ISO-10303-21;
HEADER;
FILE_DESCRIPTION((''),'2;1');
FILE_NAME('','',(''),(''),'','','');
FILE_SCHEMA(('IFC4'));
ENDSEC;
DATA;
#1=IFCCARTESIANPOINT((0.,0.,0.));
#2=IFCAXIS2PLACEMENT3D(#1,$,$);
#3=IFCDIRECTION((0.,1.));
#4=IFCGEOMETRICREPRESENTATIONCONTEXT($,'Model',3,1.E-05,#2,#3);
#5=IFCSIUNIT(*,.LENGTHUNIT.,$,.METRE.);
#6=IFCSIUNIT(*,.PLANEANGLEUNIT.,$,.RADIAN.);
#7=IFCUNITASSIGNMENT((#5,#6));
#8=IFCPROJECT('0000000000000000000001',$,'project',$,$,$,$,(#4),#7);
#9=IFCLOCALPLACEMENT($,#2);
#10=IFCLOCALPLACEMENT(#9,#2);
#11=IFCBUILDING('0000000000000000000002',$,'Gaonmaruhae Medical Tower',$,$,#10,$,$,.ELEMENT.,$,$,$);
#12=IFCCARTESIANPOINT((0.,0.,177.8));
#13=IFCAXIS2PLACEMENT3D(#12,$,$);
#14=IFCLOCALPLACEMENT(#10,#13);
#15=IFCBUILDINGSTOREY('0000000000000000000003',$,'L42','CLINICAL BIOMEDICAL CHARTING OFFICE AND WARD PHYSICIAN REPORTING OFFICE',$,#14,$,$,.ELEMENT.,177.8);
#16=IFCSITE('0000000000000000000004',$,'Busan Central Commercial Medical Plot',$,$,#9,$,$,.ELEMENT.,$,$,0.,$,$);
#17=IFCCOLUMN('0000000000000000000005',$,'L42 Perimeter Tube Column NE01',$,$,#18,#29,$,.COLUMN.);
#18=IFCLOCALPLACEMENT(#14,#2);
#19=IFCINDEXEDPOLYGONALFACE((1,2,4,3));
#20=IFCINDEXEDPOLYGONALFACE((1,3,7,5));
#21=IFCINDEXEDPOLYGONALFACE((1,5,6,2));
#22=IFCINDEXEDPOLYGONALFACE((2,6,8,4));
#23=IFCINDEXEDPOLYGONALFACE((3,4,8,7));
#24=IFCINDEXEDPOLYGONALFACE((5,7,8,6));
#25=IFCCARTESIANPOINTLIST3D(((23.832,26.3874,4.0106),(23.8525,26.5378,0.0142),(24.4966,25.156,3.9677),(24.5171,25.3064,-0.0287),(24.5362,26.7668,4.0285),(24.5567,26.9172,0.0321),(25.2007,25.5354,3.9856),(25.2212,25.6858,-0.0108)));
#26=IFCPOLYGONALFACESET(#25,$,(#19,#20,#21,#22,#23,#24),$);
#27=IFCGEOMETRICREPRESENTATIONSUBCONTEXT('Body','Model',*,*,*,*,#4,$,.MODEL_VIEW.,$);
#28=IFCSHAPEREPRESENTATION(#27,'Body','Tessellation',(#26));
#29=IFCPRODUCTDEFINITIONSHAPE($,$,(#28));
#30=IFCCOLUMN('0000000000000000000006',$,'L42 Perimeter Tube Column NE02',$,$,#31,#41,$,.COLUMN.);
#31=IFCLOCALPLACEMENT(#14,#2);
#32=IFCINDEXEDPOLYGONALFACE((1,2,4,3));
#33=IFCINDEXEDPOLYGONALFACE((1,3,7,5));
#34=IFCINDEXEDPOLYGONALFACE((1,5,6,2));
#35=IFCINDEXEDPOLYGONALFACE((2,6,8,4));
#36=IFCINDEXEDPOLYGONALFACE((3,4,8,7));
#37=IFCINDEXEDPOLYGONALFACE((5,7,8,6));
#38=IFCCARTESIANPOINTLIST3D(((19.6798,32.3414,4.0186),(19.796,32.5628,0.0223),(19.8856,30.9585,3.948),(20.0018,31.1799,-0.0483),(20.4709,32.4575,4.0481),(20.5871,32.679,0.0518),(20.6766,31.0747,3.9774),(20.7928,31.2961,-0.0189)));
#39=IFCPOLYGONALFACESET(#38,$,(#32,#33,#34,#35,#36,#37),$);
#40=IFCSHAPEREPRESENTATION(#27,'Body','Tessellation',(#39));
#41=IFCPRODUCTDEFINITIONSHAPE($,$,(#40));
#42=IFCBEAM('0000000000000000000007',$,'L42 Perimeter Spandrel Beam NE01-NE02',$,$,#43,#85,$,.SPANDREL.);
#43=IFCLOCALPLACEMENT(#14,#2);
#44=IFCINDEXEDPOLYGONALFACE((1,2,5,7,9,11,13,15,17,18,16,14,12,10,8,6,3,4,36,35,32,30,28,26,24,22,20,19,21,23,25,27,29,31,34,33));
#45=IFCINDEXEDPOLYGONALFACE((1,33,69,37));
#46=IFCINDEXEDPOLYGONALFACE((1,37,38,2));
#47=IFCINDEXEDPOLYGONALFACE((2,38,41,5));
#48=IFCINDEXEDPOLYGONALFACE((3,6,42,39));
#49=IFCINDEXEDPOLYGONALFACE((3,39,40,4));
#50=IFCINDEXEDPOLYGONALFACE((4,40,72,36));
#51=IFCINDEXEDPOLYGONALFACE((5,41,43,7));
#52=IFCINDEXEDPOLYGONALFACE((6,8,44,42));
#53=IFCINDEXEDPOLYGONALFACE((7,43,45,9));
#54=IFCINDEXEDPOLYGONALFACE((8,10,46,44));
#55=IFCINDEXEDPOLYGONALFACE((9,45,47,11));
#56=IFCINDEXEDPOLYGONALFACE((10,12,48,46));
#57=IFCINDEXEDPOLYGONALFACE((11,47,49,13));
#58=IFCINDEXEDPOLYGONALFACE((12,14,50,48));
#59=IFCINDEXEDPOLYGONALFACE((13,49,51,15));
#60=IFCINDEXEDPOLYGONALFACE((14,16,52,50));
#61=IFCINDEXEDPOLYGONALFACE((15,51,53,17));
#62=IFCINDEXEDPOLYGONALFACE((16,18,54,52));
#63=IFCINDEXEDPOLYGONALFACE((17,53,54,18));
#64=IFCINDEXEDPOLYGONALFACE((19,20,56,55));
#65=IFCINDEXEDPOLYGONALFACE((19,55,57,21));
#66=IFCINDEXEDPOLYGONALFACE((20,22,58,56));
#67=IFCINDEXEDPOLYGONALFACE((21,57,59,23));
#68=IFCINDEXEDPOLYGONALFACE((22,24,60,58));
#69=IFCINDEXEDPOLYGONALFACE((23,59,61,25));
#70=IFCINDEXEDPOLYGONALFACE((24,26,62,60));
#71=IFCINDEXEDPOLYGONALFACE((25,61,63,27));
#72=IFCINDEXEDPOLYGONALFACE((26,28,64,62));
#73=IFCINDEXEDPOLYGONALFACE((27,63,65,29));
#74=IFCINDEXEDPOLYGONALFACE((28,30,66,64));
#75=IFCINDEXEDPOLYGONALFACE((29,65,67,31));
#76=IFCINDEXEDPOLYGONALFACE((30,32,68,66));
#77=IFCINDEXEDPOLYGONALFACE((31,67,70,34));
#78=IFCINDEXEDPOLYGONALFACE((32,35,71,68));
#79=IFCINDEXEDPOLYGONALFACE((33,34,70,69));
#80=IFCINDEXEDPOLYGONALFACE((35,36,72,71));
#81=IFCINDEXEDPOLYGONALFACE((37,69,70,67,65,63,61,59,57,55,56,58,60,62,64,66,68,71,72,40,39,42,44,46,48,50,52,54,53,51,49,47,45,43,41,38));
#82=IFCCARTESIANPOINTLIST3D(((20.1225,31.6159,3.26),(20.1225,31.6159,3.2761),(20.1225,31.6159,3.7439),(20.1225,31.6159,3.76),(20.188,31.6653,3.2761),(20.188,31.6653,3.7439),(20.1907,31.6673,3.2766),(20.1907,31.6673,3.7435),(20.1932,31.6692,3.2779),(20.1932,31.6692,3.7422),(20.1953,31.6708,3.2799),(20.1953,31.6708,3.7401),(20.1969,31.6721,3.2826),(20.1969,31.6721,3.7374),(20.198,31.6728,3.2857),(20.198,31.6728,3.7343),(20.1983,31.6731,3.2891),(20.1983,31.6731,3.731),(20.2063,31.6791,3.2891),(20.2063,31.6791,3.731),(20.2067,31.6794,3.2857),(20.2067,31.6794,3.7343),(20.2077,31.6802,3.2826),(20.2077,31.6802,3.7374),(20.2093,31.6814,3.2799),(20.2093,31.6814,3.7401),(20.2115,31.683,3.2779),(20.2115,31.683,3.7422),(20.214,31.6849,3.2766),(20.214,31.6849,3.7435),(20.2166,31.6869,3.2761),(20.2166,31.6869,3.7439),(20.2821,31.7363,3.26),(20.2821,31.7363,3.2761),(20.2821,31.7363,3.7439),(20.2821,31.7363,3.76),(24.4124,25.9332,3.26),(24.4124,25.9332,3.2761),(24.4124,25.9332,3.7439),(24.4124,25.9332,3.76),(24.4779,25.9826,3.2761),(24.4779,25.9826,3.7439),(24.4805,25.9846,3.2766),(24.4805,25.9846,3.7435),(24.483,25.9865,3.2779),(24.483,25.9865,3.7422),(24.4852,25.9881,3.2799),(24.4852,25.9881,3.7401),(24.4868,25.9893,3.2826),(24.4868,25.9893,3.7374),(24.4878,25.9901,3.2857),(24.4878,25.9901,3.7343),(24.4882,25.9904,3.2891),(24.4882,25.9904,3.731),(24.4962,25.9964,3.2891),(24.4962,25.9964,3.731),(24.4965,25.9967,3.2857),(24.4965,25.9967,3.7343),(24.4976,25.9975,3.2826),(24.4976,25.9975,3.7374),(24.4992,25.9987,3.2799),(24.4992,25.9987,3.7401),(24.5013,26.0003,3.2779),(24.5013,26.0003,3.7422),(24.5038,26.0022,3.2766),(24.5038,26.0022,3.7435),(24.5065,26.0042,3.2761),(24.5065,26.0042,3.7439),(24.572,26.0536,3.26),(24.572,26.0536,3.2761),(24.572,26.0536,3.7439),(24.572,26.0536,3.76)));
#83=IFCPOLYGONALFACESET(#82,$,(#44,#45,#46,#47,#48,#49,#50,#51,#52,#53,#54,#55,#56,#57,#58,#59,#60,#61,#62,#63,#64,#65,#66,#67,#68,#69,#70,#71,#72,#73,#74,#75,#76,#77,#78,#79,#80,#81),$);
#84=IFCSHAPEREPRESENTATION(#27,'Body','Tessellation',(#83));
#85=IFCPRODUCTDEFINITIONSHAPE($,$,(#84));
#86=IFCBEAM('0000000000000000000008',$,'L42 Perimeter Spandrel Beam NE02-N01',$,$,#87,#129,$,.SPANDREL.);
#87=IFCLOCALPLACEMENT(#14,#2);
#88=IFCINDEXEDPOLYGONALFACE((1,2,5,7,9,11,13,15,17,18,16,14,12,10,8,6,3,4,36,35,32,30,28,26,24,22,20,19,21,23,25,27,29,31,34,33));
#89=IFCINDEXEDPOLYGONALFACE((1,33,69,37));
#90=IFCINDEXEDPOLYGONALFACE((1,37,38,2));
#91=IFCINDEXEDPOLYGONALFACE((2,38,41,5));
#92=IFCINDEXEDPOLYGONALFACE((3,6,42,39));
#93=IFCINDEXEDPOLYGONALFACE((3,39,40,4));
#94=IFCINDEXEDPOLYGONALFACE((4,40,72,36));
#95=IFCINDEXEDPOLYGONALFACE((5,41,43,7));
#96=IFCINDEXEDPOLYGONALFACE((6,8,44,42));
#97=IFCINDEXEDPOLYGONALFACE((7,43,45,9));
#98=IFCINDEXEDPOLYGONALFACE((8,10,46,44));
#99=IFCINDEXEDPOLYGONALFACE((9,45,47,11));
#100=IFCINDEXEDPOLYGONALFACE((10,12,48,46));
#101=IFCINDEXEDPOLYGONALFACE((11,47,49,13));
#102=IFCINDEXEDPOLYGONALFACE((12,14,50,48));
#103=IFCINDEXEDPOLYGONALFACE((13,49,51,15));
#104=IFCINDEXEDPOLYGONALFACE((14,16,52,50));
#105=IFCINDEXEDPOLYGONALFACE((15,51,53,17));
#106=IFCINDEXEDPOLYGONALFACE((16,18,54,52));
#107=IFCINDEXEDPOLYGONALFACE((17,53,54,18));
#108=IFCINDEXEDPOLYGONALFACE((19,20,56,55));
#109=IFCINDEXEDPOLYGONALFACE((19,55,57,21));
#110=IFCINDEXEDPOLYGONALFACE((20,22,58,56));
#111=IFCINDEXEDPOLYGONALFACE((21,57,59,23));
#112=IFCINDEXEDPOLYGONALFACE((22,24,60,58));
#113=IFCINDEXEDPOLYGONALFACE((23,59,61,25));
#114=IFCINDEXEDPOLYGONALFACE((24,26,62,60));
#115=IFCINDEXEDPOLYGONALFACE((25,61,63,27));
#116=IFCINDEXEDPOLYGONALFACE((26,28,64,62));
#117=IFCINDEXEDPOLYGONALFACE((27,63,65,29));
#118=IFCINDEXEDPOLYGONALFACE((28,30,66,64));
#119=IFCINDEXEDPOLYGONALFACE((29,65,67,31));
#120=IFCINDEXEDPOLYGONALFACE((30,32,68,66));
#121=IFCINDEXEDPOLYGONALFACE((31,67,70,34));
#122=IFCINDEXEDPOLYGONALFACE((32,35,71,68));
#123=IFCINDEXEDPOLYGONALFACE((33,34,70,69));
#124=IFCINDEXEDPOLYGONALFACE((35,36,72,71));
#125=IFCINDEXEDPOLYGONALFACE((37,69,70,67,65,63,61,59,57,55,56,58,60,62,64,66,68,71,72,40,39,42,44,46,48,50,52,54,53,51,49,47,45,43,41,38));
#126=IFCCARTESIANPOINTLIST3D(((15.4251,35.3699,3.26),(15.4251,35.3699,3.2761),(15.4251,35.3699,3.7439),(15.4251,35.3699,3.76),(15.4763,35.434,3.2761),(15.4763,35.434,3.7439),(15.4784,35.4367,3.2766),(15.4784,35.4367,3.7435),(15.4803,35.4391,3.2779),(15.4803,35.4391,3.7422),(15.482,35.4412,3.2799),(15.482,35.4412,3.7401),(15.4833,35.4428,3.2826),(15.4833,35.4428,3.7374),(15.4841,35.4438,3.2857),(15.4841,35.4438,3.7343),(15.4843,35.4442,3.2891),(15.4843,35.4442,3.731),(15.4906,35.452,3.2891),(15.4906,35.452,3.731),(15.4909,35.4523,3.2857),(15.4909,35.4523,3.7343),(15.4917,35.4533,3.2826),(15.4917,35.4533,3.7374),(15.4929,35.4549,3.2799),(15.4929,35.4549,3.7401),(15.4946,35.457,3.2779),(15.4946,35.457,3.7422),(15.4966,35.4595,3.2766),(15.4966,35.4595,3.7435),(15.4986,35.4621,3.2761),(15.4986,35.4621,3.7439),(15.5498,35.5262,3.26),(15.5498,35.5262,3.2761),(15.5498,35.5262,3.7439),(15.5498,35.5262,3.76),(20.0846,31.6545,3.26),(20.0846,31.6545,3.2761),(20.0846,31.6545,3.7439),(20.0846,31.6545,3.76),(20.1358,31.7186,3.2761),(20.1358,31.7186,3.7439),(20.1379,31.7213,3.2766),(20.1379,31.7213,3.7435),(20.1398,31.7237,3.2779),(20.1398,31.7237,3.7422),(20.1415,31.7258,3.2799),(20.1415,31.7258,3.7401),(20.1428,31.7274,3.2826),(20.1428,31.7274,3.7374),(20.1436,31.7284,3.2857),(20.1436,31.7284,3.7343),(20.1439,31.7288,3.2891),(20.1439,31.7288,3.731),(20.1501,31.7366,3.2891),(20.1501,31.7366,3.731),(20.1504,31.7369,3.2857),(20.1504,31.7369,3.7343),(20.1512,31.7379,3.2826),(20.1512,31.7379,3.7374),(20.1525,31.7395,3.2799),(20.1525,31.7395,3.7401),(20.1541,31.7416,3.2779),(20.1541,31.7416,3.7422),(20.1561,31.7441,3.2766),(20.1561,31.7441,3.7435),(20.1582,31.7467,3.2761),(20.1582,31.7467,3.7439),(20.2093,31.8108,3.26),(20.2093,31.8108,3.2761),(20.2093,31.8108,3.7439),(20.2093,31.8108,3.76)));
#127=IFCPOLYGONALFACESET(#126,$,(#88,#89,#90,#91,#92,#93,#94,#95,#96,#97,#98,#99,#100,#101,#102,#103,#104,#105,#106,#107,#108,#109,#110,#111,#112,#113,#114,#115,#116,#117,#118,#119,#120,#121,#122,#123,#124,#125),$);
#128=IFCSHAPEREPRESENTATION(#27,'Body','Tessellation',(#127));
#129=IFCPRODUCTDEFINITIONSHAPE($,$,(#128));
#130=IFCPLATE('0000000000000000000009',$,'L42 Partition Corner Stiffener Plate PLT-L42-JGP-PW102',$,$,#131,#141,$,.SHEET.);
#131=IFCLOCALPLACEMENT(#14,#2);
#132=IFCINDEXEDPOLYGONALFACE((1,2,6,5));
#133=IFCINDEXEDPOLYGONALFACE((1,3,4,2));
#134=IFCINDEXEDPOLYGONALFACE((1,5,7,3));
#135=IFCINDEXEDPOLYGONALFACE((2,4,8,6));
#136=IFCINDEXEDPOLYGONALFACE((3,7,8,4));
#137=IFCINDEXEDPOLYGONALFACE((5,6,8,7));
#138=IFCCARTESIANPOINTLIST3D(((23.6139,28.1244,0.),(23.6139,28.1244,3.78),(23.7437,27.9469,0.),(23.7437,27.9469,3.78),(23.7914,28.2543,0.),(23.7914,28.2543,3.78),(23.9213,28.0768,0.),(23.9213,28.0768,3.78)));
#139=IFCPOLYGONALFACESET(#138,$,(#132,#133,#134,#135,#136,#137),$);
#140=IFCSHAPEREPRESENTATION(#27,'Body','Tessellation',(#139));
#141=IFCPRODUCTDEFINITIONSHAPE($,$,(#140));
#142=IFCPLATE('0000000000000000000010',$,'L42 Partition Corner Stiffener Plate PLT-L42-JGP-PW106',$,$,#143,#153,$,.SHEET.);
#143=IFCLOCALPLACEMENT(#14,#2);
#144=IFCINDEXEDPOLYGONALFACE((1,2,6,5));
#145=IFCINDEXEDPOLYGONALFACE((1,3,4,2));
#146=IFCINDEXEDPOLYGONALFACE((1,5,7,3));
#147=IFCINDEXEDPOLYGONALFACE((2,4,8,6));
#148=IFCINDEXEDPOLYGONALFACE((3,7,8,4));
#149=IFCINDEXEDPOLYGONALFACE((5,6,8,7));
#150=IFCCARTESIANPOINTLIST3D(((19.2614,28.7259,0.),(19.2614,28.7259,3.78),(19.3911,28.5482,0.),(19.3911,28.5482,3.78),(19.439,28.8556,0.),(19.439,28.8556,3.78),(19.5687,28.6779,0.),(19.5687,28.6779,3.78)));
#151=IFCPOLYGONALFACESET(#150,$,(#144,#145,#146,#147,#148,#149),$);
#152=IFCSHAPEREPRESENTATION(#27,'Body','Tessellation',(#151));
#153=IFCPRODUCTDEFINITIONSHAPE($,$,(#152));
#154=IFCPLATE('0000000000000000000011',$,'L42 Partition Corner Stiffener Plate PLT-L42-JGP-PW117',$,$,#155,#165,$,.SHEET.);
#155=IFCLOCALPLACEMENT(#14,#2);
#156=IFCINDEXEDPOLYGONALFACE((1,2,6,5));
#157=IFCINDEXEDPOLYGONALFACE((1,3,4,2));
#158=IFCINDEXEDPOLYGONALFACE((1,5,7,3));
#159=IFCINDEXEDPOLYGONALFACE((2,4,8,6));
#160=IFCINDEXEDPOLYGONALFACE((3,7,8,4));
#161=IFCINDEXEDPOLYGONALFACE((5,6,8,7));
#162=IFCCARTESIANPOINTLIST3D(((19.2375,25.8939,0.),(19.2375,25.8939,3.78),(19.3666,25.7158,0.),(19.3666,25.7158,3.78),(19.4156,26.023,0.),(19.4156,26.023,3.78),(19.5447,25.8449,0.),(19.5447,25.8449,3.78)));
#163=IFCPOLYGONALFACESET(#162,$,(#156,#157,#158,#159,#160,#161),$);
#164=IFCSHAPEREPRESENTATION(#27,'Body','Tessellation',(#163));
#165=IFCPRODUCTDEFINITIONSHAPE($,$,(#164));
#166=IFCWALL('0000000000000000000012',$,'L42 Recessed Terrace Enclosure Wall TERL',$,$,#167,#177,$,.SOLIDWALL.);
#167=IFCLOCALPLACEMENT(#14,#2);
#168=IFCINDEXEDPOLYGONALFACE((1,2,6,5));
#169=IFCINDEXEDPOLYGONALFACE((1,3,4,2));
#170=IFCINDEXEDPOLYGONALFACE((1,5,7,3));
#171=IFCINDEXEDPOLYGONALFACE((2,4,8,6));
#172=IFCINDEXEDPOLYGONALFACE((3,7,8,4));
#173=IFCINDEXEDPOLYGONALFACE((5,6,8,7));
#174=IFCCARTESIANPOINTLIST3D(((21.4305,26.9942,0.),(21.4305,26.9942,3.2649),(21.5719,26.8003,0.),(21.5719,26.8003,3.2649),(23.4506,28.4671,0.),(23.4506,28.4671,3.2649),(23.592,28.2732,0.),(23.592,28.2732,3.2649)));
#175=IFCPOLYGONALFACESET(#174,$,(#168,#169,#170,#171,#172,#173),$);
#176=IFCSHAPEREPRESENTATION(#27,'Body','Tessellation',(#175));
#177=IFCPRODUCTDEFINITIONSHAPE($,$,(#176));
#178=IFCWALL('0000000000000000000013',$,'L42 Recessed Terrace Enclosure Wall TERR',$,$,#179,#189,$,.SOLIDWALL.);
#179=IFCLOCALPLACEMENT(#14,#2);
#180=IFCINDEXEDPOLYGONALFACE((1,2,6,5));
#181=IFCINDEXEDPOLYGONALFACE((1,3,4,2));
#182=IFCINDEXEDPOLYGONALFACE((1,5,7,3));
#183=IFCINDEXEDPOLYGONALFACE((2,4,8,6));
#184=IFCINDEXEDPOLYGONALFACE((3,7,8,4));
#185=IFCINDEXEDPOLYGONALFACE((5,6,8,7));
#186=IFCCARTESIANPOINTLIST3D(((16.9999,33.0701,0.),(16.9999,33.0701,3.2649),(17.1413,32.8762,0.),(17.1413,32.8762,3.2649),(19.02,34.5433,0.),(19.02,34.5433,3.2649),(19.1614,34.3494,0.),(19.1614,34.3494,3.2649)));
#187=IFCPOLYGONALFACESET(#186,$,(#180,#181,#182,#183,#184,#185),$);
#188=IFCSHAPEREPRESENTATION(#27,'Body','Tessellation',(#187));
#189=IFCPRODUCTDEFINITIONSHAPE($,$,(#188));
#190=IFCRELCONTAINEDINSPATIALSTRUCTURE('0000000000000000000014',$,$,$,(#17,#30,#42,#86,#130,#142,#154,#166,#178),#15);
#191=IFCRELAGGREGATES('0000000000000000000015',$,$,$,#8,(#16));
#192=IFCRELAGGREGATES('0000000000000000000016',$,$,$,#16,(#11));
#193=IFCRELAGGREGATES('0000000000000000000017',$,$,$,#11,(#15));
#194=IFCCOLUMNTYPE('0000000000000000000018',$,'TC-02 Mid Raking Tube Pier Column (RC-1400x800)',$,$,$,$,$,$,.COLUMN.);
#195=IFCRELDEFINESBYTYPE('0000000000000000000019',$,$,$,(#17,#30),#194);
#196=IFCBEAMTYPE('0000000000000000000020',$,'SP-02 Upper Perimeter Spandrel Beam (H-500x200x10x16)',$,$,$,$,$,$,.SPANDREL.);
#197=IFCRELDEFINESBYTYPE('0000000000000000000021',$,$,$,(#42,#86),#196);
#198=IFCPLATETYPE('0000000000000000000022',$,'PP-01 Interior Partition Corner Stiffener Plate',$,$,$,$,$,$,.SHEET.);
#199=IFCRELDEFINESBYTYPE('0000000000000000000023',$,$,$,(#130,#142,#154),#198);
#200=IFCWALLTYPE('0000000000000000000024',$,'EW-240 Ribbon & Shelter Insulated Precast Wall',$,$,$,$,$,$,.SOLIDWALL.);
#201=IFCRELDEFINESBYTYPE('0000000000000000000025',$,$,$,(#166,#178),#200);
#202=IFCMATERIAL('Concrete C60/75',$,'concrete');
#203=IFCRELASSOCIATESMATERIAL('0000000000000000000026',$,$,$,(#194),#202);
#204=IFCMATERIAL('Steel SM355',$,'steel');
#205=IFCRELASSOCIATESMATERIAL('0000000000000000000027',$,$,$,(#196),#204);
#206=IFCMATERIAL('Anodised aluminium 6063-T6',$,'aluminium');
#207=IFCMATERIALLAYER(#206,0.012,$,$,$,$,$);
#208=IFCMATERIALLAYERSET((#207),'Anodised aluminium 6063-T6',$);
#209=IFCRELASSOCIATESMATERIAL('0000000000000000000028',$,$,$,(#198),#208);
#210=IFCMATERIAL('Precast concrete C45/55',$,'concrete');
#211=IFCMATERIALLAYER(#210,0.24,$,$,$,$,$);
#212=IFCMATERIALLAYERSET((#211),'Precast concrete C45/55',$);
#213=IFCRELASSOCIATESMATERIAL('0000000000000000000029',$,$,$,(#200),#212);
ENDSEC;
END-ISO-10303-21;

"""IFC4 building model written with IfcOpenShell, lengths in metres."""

from ifc_helpers import new_model, si_unit, direction, frame, frame_2d, origin, origin_2d, place, context, subcontext, project, spatial, rectangle, i_section, extrude, material, layer, layer_set, material_profile, profile_set, type_object, element, save


model = new_model("IFC4")

# Units and contexts
model_context = context("Model", 3, precision=1e-05, world=origin(), true_north=direction((0.0, 1.0)))
body_context = subcontext(model_context, "Body", "Model", "MODEL_VIEW")
ifc_project = project(units=[si_unit("LENGTHUNIT", "METRE"), si_unit("PLANEANGLEUNIT", "RADIAN")], contexts=[model_context])

# Site, building, storey
site_placement = place(None, origin())
site = spatial("IfcSite", under=ifc_project, at=site_placement, Name="Busan Central Commercial Medical Plot", CompositionType="ELEMENT", RefElevation=0.0)
building_placement = place(site_placement, origin())
building = spatial("IfcBuilding", under=site, at=building_placement, Name="Gaonmaruhae Medical Tower", CompositionType="ELEMENT")
storey_placement = place(building_placement, frame((0.0, 0.0, 177.8)))
storey = spatial("IfcBuildingStorey", under=building, at=storey_placement, Name="L42", Description="CLINICAL BIOMEDICAL CHARTING OFFICE AND WARD PHYSICIAN REPORTING OFFICE", CompositionType="ELEMENT", Elevation=177.8)

# Columns
ifc_material_1 = material(Name="Concrete C60/75", Category="concrete")
ifc_material_profile_1 = material_profile(ifc_material_1, rectangle(XDim=1.3999, YDim=0.8, at=origin_2d()), Name="RC-1400x800")
ifc_profile_set_1 = profile_set([ifc_material_profile_1], Name="Concrete C60/75")
column_type = type_object("IfcColumnType", Name="TC-02 Mid Raking Tube Pier Column (RC-1400x800)", PredefinedType="COLUMN", material=ifc_profile_set_1)
column_1_placement = place(storey_placement, frame((24.5369, 26.1118, 0.0017), z_axis=(-0.005128, -0.037605, 0.99928), x_axis=(-0.474702, 0.879612, 0.030666)))
element("IfcColumn", 1, at=column_1_placement, inside=storey, type_object=column_type, Name="L42 Perimeter Tube Column NE01", PredefinedType="COLUMN", context=body_context, shape_type="SweptSolid", body=[
    extrude(rectangle(XDim=1.3999, YDim=0.8, at=origin_2d()), origin(), (0.0, 0.0, 1.0), 3.9993),
])
column_2_placement = place(storey_placement, frame((20.2944, 31.9294, 0.0017), z_axis=(-0.029023, -0.055301, 0.998048), x_axis=(-0.146975, 0.987852, 0.050463)))
element("IfcColumn", 2, at=column_2_placement, inside=storey, type_object=column_type, Name="L42 Perimeter Tube Column NE02", PredefinedType="COLUMN", context=body_context, shape_type="SweptSolid", body=[
    extrude(rectangle(XDim=1.3999, YDim=0.8, at=origin_2d()), origin(), (0.0, 0.0, 1.0), 4.0042),
])

# Beams
ifc_material_2 = material(Name="Steel SM355", Category="steel")
ifc_material_profile_2 = material_profile(ifc_material_2, i_section(OverallWidth=0.2, OverallDepth=0.5, WebThickness=0.01, FlangeThickness=0.0161, FilletRadius=0.0129, at=origin_2d()), Name="H-500x200x10x16")
ifc_profile_set_2 = profile_set([ifc_material_profile_2], Name="Steel SM355")
beam_type = type_object("IfcBeamType", Name="SP-02 Upper Perimeter Spandrel Beam (H-500x200x10x16)", PredefinedType="SPANDREL", material=ifc_profile_set_2)
beam_1_placement = place(storey_placement, frame((24.4922, 25.9934, 3.51), z_axis=(-0.602499, 0.79812, 0.0), x_axis=(-0.79812, -0.602499, 0.0)))
element("IfcBeam", 3, at=beam_1_placement, inside=storey, type_object=beam_type, Name="L42 Perimeter Spandrel Beam NE01-NE02", PredefinedType="SPANDREL", context=body_context, shape_type="SweptSolid", body=[
    extrude(i_section(OverallWidth=0.2, OverallDepth=0.5, WebThickness=0.01, FlangeThickness=0.0161, FilletRadius=0.0129, at=origin_2d()), origin(), (0.0, 0.0, 1.0), 7.1201),
])
beam_2_placement = place(storey_placement, frame((20.147, 31.7327, 3.51), z_axis=(-0.781867, 0.623445, 0.0), x_axis=(-0.623445, -0.781867, 0.0)))
element("IfcBeam", 4, at=beam_2_placement, inside=storey, type_object=beam_type, Name="L42 Perimeter Spandrel Beam NE02-N01", PredefinedType="SPANDREL", context=body_context, shape_type="SweptSolid", body=[
    extrude(i_section(OverallWidth=0.2, OverallDepth=0.5, WebThickness=0.01, FlangeThickness=0.0161, FilletRadius=0.0129, at=origin_2d()), origin(), (0.0, 0.0, 1.0), 5.9595),
])

# Plates
ifc_material_3 = material(Name="Anodised aluminium 6063-T6", Category="aluminium")
ifc_layer_1 = layer(ifc_material_3, 0.012)
ifc_layer_set_1 = layer_set([ifc_layer_1], Name="Anodised aluminium 6063-T6")
plate_type = type_object("IfcPlateType", Name="PP-01 Interior Partition Corner Stiffener Plate", PredefinedType="SHEET", material=ifc_layer_set_1)
for number, where, z_axis, x_axis, name in (
    (5, (23.7676, 28.1006, 0.0), (0.0, 0.0, 1.0), (0.590423, -0.807094, 0.0), "L42 Partition Corner Stiffener Plate PLT-L42-JGP-PW102"),
    (6, (19.415, 28.7019, 0.0), (0.0, 0.0, 1.0), (0.807671, 0.589633, 0.0), "L42 Partition Corner Stiffener Plate PLT-L42-JGP-PW106"),
    (7, (19.3911, 25.8694, 0.0), (0.0, 0.0, 1.0), (0.586994, -0.809591, 0.0), "L42 Partition Corner Stiffener Plate PLT-L42-JGP-PW117"),
):
    element("IfcPlate", number, at=place(storey_placement, frame(where, z_axis=z_axis, x_axis=x_axis)), inside=storey, type_object=plate_type, Name=name, PredefinedType="SHEET", context=body_context, shape_type="SweptSolid", body=[
        extrude(rectangle(XDim=0.22, YDim=0.22, at=origin_2d()), origin(), (0.0, 0.0, 1.0), 3.78),
    ])

# Walls
ifc_material_4 = material(Name="Precast concrete C45/55", Category="concrete")
ifc_layer_2 = layer(ifc_material_4, 0.24)
ifc_layer_set_2 = layer_set([ifc_layer_2], Name="Precast concrete C45/55")
wall_type_1 = type_object("IfcWallType", Name="EW-240 Ribbon & Shelter Insulated Precast Wall", PredefinedType="SOLIDWALL", material=ifc_layer_set_2)
wall_1_placement = place(storey_placement, frame((21.5012, 26.8972, 0.0), z_axis=(0.0, 0.0, 1.0), x_axis=(0.808013, 0.589164, 0.0)))
element("IfcWall", 8, at=wall_1_placement, inside=storey, type_object=wall_type_1, Name="L42 Recessed Terrace Enclosure Wall TERL", PredefinedType="SOLIDWALL", context=body_context, shape_type="SweptSolid", body=[
    extrude(rectangle(XDim=2.5, YDim=0.24, at=frame_2d((1.25, 0.0))), origin(), (0.0, 0.0, 1.0), 3.2649),
])
wall_2_placement = place(storey_placement, frame((19.0906, 34.4463, 0.0), z_axis=(0.0, 0.0, 1.0), x_axis=(-0.807967, -0.589228, 0.0)))
element("IfcWall", 9, at=wall_2_placement, inside=storey, type_object=wall_type_1, Name="L42 Recessed Terrace Enclosure Wall TERR", PredefinedType="SOLIDWALL", context=body_context, shape_type="SweptSolid", body=[
    extrude(rectangle(XDim=2.5002, YDim=0.24, at=frame_2d((1.25, 0.0))), origin(), (0.0, 0.0, 1.0), 3.2649),
])

save(model, "model.ifc")
